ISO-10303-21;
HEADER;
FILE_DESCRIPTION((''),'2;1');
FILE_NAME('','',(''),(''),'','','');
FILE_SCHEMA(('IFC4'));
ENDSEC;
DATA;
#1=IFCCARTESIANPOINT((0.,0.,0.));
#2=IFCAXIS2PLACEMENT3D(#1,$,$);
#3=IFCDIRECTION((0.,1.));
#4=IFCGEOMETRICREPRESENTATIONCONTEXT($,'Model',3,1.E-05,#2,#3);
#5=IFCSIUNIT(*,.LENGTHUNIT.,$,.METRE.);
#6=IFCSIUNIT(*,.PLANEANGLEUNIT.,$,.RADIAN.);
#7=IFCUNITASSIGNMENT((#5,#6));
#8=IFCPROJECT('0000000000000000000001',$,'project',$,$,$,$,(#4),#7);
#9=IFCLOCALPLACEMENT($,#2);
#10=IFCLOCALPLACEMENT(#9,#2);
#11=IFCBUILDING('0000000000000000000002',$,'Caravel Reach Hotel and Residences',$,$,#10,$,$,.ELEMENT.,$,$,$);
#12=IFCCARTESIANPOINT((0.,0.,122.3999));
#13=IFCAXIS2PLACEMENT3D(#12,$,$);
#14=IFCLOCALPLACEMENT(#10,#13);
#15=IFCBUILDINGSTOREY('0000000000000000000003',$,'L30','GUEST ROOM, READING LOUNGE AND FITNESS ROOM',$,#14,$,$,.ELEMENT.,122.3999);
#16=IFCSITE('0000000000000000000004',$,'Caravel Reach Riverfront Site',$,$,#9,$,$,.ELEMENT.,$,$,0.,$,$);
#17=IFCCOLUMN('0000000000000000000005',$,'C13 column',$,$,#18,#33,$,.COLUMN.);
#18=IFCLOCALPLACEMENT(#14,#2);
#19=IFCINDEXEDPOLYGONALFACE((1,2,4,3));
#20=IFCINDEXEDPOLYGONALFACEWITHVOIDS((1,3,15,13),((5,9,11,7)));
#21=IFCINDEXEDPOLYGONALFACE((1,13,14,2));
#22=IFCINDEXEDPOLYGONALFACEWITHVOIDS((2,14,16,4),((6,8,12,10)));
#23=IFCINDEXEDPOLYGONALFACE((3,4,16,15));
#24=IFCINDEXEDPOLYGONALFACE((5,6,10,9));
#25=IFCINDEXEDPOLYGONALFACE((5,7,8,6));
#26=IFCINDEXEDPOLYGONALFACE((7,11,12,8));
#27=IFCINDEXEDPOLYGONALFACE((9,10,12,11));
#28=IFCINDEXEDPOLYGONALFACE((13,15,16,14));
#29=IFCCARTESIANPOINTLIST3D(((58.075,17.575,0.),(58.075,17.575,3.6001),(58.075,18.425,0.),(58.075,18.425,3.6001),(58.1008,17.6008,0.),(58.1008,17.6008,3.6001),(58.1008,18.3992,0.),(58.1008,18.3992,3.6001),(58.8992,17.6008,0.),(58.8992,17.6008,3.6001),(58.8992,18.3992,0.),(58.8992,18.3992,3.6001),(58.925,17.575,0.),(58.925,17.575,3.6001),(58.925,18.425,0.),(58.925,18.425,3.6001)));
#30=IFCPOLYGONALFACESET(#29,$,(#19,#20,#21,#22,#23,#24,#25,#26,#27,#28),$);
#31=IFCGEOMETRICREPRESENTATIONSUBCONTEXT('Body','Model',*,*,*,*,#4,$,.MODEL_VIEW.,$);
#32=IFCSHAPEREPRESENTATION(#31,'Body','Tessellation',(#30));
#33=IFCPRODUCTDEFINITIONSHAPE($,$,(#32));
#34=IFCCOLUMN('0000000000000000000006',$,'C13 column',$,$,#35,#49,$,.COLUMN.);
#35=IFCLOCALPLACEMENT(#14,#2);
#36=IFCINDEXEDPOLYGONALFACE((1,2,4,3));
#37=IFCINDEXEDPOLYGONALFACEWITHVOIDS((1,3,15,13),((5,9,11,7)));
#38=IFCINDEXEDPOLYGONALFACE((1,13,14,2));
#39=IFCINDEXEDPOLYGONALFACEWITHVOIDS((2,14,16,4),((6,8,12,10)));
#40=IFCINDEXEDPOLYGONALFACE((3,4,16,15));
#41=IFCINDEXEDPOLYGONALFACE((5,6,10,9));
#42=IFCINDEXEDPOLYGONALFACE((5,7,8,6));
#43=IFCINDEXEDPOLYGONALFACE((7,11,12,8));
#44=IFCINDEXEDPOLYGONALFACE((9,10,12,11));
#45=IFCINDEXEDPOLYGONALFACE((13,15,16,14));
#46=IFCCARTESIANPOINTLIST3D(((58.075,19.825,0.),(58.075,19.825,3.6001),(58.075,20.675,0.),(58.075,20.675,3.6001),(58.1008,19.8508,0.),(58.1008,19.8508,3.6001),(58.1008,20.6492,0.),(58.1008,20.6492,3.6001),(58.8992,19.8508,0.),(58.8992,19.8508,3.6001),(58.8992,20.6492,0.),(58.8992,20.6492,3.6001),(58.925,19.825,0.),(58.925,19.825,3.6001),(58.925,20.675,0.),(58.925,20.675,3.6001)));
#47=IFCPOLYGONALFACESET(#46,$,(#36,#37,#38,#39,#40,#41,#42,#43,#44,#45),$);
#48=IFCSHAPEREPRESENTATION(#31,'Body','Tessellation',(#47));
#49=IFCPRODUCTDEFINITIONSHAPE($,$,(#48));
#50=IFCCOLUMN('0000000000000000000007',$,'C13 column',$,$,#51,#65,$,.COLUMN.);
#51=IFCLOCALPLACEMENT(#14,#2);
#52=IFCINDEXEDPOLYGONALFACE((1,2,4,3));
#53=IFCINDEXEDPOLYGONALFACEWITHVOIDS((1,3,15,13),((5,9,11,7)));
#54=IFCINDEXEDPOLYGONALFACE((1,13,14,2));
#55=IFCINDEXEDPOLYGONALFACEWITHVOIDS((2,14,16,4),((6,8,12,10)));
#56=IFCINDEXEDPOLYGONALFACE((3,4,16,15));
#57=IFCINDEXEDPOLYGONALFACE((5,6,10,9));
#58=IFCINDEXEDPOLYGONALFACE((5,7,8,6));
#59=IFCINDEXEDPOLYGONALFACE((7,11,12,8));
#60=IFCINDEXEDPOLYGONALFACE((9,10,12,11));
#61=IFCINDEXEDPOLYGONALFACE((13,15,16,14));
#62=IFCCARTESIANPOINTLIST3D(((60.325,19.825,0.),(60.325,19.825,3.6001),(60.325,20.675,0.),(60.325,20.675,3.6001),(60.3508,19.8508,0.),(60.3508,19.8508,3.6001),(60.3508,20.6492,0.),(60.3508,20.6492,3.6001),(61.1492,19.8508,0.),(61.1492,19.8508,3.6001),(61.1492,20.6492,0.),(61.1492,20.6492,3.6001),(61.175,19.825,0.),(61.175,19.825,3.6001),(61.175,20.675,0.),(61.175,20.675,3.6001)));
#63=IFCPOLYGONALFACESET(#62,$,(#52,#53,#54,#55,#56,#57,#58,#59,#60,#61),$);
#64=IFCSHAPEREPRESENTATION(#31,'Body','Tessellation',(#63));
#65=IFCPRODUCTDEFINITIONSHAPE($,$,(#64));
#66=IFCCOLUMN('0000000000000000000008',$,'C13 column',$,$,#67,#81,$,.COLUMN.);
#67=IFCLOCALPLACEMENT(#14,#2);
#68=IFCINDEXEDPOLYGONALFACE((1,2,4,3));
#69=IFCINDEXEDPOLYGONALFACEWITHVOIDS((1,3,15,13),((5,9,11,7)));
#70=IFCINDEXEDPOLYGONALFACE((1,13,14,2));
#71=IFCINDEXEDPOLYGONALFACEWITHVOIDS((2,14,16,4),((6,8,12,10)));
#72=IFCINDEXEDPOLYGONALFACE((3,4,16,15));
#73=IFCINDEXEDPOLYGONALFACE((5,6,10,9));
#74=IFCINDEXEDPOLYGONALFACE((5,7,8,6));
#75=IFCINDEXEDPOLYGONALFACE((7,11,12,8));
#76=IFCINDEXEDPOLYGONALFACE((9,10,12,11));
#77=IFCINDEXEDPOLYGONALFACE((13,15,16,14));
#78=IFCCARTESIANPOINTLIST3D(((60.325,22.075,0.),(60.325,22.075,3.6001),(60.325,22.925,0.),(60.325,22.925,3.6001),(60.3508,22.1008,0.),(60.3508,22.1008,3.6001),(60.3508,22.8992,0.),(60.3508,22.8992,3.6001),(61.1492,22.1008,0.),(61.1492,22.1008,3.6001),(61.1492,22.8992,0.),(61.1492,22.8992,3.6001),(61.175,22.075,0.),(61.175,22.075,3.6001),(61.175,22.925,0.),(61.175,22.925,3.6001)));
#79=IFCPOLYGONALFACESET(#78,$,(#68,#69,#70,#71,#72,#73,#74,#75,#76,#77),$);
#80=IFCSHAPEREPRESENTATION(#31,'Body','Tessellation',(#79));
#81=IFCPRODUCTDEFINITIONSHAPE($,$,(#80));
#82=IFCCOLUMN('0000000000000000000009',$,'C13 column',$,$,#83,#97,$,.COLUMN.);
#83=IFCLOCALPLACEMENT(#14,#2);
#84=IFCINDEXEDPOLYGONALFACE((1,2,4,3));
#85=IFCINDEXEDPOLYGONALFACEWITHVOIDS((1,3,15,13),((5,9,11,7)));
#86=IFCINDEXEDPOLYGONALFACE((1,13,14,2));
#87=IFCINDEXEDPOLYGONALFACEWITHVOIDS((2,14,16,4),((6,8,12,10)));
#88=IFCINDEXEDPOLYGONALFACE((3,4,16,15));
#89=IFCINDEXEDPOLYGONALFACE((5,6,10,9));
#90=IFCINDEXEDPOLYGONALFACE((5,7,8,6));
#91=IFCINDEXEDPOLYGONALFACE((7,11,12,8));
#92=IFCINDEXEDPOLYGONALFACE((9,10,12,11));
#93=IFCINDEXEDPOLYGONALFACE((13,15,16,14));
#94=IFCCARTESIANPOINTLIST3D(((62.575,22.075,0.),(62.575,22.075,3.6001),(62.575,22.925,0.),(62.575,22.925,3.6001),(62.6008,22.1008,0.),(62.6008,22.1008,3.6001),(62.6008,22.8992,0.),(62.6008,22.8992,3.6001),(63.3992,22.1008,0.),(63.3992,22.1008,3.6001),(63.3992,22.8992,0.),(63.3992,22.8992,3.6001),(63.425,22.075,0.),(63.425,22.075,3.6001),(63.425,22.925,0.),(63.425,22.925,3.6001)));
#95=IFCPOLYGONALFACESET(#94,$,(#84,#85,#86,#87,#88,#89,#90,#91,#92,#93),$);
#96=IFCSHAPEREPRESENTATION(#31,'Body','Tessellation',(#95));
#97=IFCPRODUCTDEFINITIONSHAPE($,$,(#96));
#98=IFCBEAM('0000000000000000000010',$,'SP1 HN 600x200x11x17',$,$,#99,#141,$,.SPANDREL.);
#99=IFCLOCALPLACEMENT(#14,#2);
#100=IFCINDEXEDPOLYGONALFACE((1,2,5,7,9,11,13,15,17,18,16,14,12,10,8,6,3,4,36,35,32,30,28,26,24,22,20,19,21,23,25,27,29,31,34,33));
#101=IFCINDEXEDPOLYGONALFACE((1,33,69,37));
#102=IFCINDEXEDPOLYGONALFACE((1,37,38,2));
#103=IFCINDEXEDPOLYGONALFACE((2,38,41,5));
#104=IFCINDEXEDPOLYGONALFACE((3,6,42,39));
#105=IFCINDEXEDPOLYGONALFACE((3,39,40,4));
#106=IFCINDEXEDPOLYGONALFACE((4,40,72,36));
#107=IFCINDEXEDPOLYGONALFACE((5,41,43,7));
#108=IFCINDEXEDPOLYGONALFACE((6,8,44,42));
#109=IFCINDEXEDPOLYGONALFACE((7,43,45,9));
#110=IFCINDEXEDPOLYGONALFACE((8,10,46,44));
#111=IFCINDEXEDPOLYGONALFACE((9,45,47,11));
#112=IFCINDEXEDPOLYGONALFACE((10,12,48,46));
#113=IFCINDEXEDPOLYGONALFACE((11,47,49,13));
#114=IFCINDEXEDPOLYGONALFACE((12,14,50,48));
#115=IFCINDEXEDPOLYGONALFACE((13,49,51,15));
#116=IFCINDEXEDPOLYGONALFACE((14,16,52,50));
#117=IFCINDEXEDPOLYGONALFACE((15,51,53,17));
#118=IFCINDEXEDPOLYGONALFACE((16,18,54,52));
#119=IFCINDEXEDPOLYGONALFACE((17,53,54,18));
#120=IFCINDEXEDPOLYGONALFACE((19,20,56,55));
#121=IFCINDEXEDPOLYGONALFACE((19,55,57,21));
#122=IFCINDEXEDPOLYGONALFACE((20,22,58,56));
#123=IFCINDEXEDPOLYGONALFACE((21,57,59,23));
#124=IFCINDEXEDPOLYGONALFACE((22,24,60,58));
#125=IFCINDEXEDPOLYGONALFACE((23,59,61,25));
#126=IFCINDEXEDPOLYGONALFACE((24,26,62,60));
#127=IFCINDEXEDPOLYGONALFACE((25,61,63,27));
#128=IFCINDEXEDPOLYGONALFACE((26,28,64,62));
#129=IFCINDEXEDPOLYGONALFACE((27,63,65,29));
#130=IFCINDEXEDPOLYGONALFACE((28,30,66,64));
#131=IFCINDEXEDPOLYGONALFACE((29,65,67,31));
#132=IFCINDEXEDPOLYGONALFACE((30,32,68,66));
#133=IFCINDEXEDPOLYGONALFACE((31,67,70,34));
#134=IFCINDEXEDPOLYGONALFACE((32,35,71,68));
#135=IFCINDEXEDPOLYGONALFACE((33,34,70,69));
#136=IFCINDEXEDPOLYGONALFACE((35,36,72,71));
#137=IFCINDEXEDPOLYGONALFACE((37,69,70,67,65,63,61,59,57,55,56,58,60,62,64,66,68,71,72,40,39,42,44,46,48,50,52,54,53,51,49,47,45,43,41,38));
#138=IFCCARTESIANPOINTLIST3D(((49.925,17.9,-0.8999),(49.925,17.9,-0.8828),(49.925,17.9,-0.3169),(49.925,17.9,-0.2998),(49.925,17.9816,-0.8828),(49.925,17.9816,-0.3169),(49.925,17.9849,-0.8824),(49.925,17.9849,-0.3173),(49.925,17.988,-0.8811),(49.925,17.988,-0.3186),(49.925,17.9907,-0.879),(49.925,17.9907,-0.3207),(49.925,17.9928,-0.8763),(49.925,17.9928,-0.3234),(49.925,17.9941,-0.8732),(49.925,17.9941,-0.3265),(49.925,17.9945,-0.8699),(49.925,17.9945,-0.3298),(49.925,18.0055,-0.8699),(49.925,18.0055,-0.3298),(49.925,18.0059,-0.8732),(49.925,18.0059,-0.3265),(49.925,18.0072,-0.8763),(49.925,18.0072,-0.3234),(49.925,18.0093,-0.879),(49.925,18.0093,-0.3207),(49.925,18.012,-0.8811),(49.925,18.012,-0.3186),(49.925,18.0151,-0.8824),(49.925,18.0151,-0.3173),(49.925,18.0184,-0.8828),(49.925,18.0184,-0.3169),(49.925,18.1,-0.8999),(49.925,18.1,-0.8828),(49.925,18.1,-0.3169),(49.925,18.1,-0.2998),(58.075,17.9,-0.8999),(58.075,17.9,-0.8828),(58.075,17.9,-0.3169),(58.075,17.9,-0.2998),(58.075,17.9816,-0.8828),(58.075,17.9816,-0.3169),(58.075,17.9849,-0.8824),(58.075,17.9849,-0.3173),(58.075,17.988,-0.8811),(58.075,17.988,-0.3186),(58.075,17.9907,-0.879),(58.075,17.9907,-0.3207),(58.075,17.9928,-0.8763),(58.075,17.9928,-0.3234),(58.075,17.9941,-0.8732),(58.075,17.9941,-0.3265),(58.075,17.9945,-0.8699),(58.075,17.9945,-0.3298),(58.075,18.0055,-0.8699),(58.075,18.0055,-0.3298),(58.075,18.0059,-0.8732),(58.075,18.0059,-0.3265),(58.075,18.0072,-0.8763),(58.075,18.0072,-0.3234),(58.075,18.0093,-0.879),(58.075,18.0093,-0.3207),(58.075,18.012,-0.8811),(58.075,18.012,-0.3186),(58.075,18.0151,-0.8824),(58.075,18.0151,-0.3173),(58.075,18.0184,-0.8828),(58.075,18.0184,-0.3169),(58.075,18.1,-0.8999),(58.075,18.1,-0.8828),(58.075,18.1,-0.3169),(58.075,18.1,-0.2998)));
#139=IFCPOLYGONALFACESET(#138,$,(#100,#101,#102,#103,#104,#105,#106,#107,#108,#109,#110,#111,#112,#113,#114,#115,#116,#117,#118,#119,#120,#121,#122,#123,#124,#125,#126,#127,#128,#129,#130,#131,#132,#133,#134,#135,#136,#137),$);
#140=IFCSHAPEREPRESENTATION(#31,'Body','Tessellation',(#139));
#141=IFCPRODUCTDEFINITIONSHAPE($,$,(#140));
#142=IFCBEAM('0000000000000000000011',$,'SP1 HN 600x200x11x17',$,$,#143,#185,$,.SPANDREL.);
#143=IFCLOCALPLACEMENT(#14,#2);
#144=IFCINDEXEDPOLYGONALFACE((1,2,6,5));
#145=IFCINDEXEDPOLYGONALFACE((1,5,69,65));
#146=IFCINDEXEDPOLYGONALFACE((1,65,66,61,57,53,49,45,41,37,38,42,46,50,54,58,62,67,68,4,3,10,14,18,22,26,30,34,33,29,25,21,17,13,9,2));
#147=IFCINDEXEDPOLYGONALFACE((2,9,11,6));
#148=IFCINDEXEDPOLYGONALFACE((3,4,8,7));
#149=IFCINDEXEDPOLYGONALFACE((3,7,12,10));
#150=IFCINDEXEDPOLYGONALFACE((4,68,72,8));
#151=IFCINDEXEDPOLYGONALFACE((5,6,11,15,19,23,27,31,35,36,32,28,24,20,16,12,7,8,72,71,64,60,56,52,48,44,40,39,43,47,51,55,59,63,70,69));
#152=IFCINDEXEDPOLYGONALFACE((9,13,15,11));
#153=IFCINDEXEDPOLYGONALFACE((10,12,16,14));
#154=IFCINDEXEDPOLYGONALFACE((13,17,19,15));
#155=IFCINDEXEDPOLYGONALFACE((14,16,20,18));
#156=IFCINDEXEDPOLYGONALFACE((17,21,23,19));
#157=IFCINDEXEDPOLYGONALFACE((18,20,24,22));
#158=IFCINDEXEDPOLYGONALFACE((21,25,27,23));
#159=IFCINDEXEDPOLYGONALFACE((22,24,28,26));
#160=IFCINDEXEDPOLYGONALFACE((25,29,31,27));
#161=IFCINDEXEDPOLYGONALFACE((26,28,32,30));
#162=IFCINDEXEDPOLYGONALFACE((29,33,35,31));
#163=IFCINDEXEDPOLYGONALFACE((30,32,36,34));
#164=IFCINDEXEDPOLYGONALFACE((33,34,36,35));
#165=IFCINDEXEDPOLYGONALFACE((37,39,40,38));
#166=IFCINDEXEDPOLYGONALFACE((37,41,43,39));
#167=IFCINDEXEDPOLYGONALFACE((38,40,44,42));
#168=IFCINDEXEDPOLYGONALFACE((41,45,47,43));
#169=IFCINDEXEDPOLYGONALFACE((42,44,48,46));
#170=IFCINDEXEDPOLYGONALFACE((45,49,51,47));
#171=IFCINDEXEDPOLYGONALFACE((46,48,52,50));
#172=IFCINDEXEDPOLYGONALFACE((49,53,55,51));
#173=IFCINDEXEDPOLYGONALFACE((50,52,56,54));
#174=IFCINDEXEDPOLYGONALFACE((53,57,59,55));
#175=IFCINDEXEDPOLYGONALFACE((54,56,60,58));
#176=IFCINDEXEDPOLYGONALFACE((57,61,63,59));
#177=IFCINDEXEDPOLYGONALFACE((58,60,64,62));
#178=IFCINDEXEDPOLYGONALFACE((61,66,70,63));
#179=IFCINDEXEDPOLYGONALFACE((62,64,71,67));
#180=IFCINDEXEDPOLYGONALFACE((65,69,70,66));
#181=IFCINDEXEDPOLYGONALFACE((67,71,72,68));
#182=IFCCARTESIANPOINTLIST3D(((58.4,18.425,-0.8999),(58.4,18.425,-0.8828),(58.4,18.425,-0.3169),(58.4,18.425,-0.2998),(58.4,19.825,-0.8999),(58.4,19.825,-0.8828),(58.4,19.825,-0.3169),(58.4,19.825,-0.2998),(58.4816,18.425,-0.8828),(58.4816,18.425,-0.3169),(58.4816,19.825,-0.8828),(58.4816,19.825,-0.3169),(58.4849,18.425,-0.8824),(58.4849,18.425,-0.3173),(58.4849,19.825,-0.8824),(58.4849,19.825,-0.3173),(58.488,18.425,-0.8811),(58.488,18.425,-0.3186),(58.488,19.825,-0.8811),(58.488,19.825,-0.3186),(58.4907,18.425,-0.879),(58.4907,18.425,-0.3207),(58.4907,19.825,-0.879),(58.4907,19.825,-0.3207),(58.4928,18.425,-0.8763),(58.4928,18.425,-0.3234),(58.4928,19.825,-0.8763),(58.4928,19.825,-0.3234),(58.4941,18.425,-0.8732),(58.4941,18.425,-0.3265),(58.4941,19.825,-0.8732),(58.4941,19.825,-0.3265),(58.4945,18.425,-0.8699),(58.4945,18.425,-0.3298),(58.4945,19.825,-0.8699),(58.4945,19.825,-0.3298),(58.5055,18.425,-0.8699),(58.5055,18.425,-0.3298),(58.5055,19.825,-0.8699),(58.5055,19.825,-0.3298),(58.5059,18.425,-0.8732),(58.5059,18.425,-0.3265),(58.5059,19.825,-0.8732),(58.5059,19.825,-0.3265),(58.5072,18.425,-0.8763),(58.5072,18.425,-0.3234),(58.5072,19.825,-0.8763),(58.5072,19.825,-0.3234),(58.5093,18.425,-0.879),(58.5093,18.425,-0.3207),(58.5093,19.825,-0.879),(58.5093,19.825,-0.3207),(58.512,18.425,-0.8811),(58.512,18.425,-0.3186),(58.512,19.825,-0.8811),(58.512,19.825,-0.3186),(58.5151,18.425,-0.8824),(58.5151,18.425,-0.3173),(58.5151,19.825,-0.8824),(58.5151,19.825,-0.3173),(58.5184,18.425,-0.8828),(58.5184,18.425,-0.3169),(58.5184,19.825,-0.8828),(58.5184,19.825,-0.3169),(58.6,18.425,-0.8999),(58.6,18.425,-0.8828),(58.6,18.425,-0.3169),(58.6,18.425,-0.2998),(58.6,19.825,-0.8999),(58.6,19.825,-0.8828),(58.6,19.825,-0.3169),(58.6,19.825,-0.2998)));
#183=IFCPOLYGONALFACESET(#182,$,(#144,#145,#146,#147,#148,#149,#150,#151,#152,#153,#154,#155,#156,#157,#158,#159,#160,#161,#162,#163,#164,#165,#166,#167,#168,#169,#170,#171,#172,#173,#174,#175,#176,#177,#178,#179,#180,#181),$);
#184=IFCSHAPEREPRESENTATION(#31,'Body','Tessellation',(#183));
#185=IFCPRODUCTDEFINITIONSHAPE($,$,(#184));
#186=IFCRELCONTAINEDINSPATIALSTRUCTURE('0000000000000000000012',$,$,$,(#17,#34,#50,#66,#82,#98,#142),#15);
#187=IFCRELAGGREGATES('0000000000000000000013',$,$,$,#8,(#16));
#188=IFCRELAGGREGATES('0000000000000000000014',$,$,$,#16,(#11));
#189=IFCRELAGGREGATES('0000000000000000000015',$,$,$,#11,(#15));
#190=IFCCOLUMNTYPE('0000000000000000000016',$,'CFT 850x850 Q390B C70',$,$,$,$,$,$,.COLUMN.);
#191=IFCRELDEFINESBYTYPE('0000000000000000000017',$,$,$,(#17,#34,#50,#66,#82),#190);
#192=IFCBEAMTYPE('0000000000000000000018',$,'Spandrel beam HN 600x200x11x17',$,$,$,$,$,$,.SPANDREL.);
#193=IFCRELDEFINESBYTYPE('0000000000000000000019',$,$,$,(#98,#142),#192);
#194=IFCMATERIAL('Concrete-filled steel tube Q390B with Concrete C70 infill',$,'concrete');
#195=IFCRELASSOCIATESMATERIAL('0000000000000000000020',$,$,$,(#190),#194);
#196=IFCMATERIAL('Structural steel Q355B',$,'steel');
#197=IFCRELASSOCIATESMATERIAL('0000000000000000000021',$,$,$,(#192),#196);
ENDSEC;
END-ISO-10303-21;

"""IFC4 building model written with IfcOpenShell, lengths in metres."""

from ifc_helpers import new_model, si_unit, direction, frame, origin, origin_2d, place, context, subcontext, project, spatial, hollow_rectangle, i_section, extrude, material, material_profile, profile_set, type_object, element, save


model = new_model("IFC4")

# Units and contexts
model_context = context("Model", 3, precision=1e-05, world=origin(), true_north=direction((0.0, 1.0)))
body_context = subcontext(model_context, "Body", "Model", "MODEL_VIEW")
ifc_project = project(units=[si_unit("LENGTHUNIT", "METRE"), si_unit("PLANEANGLEUNIT", "RADIAN")], contexts=[model_context])

# Site, building, storey
site_placement = place(None, origin())
site = spatial("IfcSite", under=ifc_project, at=site_placement, Name="Caravel Reach Riverfront Site", CompositionType="ELEMENT", RefElevation=0.0)
building_placement = place(site_placement, origin())
building = spatial("IfcBuilding", under=site, at=building_placement, Name="Caravel Reach Hotel and Residences", CompositionType="ELEMENT")
storey_placement = place(building_placement, frame((0.0, 0.0, 122.3999)))
storey = spatial("IfcBuildingStorey", under=building, at=storey_placement, Name="L30", Description="GUEST ROOM, READING LOUNGE AND FITNESS ROOM", CompositionType="ELEMENT", Elevation=122.3999)

# Columns
ifc_material_1 = material(Name="Concrete-filled steel tube Q390B with Concrete C70 infill", Category="concrete")
ifc_material_profile_1 = material_profile(ifc_material_1, hollow_rectangle(XDim=0.8501, YDim=0.8501, WallThickness=0.0259, at=origin_2d()), Name="RHS 850x850x26")
ifc_profile_set_1 = profile_set([ifc_material_profile_1], Name="Concrete-filled steel tube Q390B with Concrete C70 infill")
column_type = type_object("IfcColumnType", Name="CFT 850x850 Q390B C70", PredefinedType="COLUMN", material=ifc_profile_set_1)
for number, where, z_axis, x_axis, name in (
    (1, (58.5, 18.0, 0.0), (0.0, 0.0, 1.0), (1.0, 0.0, 0.0), "C13 column"),
    (2, (58.5, 20.25, 0.0), (0.0, 0.0, 1.0), (1.0, 0.0, 0.0), "C13 column"),
    (3, (60.75, 20.25, 0.0), (0.0, 0.0, 1.0), (1.0, 0.0, 0.0), "C13 column"),
    (4, (60.75, 22.5, 0.0), (0.0, 0.0, 1.0), (1.0, 0.0, 0.0), "C13 column"),
    (5, (63.0, 22.5, 0.0), (0.0, 0.0, 1.0), (1.0, 0.0, 0.0), "C13 column"),
):
    element("IfcColumn", number, at=place(storey_placement, frame(where, z_axis=z_axis, x_axis=x_axis)), inside=storey, type_object=column_type, Name=name, PredefinedType="COLUMN", context=body_context, shape_type="SweptSolid", body=[
        extrude(hollow_rectangle(XDim=0.8501, YDim=0.8501, WallThickness=0.0259, at=origin_2d()), origin(), (0.0, 0.0, 1.0), 3.6001),
    ])

# Beams
ifc_material_2 = material(Name="Structural steel Q355B", Category="steel")
ifc_material_profile_2 = material_profile(ifc_material_2, i_section(OverallWidth=0.2, OverallDepth=0.6001, WebThickness=0.011, FlangeThickness=0.0171, FilletRadius=0.0129, at=origin_2d()), Name="HN 600x200x11x17")
ifc_profile_set_2 = profile_set([ifc_material_profile_2], Name="Structural steel Q355B")
beam_type = type_object("IfcBeamType", Name="Spandrel beam HN 600x200x11x17", PredefinedType="SPANDREL", material=ifc_profile_set_2)
beam_1_placement = place(storey_placement, frame((49.925, 18.0, -0.5999), z_axis=(1.0, 0.0, 0.0), x_axis=(0.0, 1.0, 0.0)))
element("IfcBeam", 6, at=beam_1_placement, inside=storey, type_object=beam_type, Name="SP1 HN 600x200x11x17", PredefinedType="SPANDREL", context=body_context, shape_type="SweptSolid", body=[
    extrude(i_section(OverallWidth=0.2, OverallDepth=0.6001, WebThickness=0.011, FlangeThickness=0.0171, FilletRadius=0.0129, at=origin_2d()), origin(), (0.0, 0.0, 1.0), 8.1499),
])
for number, where, z_axis, x_axis, name in (
    (7, (58.5, 18.425, -0.5999), (0.0, 1.0, 0.0), (-1.0, 0.0, 0.0), "SP1 HN 600x200x11x17"),
):
    element("IfcBeam", number, at=place(storey_placement, frame(where, z_axis=z_axis, x_axis=x_axis)), inside=storey, type_object=beam_type, Name=name, PredefinedType="SPANDREL", context=body_context, shape_type="SweptSolid", body=[
        extrude(i_section(OverallWidth=0.2, OverallDepth=0.6001, WebThickness=0.011, FlangeThickness=0.0171, FilletRadius=0.0129, at=origin_2d()), origin(), (0.0, 0.0, 1.0), 1.3999),
    ])

save(model, "model.ifc")
